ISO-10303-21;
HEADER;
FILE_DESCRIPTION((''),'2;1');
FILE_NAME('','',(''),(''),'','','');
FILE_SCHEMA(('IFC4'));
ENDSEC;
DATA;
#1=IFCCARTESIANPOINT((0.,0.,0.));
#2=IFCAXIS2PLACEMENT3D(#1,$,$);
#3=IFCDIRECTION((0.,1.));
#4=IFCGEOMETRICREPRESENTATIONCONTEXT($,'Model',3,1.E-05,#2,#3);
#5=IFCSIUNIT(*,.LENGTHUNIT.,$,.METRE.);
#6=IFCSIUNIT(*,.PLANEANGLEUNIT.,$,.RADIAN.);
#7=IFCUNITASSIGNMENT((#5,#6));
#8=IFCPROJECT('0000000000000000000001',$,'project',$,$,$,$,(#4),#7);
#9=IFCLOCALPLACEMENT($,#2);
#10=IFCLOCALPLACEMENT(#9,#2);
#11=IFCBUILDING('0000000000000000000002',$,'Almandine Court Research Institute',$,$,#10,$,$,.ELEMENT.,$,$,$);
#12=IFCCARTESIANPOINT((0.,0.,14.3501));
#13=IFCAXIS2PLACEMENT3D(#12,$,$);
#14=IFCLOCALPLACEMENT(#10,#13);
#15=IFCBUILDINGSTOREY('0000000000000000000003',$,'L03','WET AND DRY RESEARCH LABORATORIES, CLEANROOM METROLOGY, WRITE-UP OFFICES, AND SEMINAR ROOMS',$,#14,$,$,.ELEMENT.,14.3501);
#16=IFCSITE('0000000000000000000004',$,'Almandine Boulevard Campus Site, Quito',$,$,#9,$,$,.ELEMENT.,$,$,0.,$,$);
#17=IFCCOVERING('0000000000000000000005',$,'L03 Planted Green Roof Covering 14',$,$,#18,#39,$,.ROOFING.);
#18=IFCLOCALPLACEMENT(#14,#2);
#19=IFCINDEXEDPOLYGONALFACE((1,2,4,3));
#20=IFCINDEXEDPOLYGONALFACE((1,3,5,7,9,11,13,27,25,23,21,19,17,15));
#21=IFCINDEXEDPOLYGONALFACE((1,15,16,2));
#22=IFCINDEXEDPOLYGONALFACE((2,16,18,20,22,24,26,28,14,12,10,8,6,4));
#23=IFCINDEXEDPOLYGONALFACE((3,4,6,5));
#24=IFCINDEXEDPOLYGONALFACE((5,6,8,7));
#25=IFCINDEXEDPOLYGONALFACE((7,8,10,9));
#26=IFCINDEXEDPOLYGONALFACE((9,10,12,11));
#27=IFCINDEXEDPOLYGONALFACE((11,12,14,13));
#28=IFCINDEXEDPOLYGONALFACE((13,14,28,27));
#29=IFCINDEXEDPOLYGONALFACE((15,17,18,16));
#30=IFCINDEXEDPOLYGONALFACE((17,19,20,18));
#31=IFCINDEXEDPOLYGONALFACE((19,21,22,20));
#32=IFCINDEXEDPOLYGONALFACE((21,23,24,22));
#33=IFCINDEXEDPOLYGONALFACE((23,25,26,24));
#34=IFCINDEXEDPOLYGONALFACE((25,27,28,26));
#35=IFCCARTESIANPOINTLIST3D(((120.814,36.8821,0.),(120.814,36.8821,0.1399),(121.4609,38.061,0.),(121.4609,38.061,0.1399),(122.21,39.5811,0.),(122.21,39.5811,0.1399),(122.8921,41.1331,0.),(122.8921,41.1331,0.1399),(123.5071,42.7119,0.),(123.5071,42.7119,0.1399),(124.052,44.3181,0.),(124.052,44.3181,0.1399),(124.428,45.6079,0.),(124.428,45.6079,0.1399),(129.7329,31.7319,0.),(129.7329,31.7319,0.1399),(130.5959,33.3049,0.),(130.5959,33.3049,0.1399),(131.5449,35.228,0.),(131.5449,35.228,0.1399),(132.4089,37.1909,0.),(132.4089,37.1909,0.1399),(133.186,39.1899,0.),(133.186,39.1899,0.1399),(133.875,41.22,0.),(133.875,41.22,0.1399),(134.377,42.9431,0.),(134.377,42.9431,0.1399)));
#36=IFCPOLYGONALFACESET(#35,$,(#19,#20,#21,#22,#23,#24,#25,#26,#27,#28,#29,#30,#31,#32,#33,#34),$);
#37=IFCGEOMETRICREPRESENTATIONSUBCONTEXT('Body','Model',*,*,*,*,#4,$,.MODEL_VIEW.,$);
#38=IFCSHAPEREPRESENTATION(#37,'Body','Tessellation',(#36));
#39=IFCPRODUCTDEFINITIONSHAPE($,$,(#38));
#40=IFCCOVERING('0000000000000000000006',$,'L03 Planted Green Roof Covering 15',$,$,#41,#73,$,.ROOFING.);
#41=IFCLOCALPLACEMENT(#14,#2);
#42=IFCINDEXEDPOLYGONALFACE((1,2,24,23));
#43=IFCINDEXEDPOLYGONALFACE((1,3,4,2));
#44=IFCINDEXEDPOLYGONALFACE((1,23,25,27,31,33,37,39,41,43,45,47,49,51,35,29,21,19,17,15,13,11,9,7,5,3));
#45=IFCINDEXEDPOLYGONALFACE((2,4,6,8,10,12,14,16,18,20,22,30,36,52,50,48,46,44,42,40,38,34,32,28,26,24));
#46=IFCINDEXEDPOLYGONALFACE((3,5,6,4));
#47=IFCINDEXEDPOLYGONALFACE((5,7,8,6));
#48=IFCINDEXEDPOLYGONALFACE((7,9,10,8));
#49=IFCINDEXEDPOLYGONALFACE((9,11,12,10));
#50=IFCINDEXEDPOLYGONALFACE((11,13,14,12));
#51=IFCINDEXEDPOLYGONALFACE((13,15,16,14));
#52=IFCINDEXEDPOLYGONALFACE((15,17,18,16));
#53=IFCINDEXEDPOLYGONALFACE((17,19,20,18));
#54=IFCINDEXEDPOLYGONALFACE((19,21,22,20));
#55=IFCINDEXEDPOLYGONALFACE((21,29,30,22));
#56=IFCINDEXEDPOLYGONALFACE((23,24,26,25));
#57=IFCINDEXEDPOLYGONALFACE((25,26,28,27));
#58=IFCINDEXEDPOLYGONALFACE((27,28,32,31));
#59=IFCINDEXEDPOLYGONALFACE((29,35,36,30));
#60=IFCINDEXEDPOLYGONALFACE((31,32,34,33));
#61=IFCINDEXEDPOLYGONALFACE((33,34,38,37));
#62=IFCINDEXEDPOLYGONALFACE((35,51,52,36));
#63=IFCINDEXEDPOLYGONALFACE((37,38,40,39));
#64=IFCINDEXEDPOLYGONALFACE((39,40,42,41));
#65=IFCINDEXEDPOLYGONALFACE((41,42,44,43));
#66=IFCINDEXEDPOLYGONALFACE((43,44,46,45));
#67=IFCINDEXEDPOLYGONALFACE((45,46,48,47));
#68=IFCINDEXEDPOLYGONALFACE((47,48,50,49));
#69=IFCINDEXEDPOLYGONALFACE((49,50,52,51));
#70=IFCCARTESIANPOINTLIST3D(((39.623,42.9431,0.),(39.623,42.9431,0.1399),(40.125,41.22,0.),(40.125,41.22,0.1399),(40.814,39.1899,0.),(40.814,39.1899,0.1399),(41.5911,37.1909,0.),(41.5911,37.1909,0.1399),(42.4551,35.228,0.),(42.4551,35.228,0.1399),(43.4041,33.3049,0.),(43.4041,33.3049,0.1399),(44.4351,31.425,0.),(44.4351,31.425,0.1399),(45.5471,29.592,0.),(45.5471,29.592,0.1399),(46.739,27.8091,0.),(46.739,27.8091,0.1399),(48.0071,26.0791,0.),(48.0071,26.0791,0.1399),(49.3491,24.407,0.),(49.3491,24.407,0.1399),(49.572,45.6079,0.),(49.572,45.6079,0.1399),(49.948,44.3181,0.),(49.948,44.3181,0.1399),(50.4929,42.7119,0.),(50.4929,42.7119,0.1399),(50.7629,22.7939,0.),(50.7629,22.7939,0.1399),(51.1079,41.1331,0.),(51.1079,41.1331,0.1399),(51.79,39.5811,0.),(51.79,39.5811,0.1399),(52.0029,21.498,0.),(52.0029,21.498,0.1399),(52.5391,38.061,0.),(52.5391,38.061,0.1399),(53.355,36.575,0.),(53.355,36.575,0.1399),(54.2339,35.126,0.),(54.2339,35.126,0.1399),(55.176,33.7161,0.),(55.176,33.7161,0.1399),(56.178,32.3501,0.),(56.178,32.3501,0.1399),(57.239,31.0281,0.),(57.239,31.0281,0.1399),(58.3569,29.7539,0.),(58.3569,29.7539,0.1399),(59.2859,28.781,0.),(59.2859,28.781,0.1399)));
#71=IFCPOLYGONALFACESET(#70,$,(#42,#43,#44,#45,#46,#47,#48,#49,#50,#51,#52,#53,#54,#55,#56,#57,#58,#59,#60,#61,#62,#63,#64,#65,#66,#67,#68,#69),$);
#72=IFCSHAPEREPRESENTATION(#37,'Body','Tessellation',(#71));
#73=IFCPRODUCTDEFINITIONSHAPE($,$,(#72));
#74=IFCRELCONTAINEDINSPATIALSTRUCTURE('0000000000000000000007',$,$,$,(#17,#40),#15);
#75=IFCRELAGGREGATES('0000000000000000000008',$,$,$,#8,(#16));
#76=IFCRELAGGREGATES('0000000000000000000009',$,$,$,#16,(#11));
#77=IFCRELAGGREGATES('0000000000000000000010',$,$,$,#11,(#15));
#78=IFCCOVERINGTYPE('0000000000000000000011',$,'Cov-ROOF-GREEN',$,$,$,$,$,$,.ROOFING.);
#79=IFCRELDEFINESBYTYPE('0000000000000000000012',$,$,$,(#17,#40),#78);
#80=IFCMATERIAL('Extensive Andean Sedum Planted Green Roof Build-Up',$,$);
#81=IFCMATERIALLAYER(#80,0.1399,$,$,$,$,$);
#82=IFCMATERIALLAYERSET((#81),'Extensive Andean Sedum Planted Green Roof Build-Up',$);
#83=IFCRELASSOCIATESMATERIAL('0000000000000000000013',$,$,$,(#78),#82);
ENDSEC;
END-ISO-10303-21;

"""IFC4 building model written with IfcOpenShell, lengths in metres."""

from ifc_helpers import new_model, si_unit, direction, frame, origin, place, context, subcontext, project, spatial, polyline, outline, extrude, material, layer, layer_set, type_object, element, save


model = new_model("IFC4")

# Units and contexts
model_context = context("Model", 3, precision=1e-05, world=origin(), true_north=direction((0.0, 1.0)))
body_context = subcontext(model_context, "Body", "Model", "MODEL_VIEW")
ifc_project = project(units=[si_unit("LENGTHUNIT", "METRE"), si_unit("PLANEANGLEUNIT", "RADIAN")], contexts=[model_context])

# Site, building, storey
site_placement = place(None, origin())
site = spatial("IfcSite", under=ifc_project, at=site_placement, Name="Almandine Boulevard Campus Site, Quito", CompositionType="ELEMENT", RefElevation=0.0)
building_placement = place(site_placement, origin())
building = spatial("IfcBuilding", under=site, at=building_placement, Name="Almandine Court Research Institute", CompositionType="ELEMENT")
storey_placement = place(building_placement, frame((0.0, 0.0, 14.3501)))
storey = spatial("IfcBuildingStorey", under=building, at=storey_placement, Name="L03", Description="WET AND DRY RESEARCH LABORATORIES, CLEANROOM METROLOGY, WRITE-UP OFFICES, AND SEMINAR ROOMS", CompositionType="ELEMENT", Elevation=14.3501)

# Coverings
ifc_material_1 = material(Name="Extensive Andean Sedum Planted Green Roof Build-Up")
ifc_layer_1 = layer(ifc_material_1, 0.1399)
ifc_layer_set_1 = layer_set([ifc_layer_1], Name="Extensive Andean Sedum Planted Green Roof Build-Up")
covering_type_1 = type_object("IfcCoveringType", Name="Cov-ROOF-GREEN", PredefinedType="ROOFING", material=ifc_layer_set_1)
covering_1_placement = place(storey_placement, origin())
element("IfcCovering", 1, at=covering_1_placement, inside=storey, type_object=covering_type_1, Name="L03 Planted Green Roof Covering 14", PredefinedType="ROOFING", context=body_context, shape_type="SweptSolid", body=[
    extrude(outline(polyline([(129.7329, 31.7319), (120.814, 36.8821), (121.4609, 38.061), (122.21, 39.5811), (122.8921, 41.1331), (123.5071, 42.7119), (124.052, 44.3181), (124.428, 45.6079), (134.377, 42.9431), (133.875, 41.22), (133.186, 39.1899), (132.4089, 37.1909), (131.5449, 35.228), (130.5959, 33.3049), (129.7329, 31.7319)])), origin(), (0.0, 0.0, 1.0), 0.1399),
])
covering_2_placement = place(storey_placement, origin())
element("IfcCovering", 2, at=covering_2_placement, inside=storey, type_object=covering_type_1, Name="L03 Planted Green Roof Covering 15", PredefinedType="ROOFING", context=body_context, shape_type="SweptSolid", body=[
    extrude(outline(polyline([(39.623, 42.9431), (49.572, 45.6079), (49.948, 44.3181), (50.4929, 42.7119), (51.1079, 41.1331), (51.79, 39.5811), (52.5391, 38.061), (53.355, 36.575), (54.2339, 35.126), (55.176, 33.7161), (56.178, 32.3501), (57.239, 31.0281), (58.3569, 29.7539), (59.2859, 28.781), (52.0029, 21.498), (50.7629, 22.7939), (49.3491, 24.407), (48.0071, 26.0791), (46.739, 27.8091), (45.5471, 29.592), (44.4351, 31.425), (43.4041, 33.3049), (42.4551, 35.228), (41.5911, 37.1909), (40.814, 39.1899), (40.125, 41.22), (39.623, 42.9431)])), origin(), (0.0, 0.0, 1.0), 0.1399),
])

save(model, "model.ifc")
